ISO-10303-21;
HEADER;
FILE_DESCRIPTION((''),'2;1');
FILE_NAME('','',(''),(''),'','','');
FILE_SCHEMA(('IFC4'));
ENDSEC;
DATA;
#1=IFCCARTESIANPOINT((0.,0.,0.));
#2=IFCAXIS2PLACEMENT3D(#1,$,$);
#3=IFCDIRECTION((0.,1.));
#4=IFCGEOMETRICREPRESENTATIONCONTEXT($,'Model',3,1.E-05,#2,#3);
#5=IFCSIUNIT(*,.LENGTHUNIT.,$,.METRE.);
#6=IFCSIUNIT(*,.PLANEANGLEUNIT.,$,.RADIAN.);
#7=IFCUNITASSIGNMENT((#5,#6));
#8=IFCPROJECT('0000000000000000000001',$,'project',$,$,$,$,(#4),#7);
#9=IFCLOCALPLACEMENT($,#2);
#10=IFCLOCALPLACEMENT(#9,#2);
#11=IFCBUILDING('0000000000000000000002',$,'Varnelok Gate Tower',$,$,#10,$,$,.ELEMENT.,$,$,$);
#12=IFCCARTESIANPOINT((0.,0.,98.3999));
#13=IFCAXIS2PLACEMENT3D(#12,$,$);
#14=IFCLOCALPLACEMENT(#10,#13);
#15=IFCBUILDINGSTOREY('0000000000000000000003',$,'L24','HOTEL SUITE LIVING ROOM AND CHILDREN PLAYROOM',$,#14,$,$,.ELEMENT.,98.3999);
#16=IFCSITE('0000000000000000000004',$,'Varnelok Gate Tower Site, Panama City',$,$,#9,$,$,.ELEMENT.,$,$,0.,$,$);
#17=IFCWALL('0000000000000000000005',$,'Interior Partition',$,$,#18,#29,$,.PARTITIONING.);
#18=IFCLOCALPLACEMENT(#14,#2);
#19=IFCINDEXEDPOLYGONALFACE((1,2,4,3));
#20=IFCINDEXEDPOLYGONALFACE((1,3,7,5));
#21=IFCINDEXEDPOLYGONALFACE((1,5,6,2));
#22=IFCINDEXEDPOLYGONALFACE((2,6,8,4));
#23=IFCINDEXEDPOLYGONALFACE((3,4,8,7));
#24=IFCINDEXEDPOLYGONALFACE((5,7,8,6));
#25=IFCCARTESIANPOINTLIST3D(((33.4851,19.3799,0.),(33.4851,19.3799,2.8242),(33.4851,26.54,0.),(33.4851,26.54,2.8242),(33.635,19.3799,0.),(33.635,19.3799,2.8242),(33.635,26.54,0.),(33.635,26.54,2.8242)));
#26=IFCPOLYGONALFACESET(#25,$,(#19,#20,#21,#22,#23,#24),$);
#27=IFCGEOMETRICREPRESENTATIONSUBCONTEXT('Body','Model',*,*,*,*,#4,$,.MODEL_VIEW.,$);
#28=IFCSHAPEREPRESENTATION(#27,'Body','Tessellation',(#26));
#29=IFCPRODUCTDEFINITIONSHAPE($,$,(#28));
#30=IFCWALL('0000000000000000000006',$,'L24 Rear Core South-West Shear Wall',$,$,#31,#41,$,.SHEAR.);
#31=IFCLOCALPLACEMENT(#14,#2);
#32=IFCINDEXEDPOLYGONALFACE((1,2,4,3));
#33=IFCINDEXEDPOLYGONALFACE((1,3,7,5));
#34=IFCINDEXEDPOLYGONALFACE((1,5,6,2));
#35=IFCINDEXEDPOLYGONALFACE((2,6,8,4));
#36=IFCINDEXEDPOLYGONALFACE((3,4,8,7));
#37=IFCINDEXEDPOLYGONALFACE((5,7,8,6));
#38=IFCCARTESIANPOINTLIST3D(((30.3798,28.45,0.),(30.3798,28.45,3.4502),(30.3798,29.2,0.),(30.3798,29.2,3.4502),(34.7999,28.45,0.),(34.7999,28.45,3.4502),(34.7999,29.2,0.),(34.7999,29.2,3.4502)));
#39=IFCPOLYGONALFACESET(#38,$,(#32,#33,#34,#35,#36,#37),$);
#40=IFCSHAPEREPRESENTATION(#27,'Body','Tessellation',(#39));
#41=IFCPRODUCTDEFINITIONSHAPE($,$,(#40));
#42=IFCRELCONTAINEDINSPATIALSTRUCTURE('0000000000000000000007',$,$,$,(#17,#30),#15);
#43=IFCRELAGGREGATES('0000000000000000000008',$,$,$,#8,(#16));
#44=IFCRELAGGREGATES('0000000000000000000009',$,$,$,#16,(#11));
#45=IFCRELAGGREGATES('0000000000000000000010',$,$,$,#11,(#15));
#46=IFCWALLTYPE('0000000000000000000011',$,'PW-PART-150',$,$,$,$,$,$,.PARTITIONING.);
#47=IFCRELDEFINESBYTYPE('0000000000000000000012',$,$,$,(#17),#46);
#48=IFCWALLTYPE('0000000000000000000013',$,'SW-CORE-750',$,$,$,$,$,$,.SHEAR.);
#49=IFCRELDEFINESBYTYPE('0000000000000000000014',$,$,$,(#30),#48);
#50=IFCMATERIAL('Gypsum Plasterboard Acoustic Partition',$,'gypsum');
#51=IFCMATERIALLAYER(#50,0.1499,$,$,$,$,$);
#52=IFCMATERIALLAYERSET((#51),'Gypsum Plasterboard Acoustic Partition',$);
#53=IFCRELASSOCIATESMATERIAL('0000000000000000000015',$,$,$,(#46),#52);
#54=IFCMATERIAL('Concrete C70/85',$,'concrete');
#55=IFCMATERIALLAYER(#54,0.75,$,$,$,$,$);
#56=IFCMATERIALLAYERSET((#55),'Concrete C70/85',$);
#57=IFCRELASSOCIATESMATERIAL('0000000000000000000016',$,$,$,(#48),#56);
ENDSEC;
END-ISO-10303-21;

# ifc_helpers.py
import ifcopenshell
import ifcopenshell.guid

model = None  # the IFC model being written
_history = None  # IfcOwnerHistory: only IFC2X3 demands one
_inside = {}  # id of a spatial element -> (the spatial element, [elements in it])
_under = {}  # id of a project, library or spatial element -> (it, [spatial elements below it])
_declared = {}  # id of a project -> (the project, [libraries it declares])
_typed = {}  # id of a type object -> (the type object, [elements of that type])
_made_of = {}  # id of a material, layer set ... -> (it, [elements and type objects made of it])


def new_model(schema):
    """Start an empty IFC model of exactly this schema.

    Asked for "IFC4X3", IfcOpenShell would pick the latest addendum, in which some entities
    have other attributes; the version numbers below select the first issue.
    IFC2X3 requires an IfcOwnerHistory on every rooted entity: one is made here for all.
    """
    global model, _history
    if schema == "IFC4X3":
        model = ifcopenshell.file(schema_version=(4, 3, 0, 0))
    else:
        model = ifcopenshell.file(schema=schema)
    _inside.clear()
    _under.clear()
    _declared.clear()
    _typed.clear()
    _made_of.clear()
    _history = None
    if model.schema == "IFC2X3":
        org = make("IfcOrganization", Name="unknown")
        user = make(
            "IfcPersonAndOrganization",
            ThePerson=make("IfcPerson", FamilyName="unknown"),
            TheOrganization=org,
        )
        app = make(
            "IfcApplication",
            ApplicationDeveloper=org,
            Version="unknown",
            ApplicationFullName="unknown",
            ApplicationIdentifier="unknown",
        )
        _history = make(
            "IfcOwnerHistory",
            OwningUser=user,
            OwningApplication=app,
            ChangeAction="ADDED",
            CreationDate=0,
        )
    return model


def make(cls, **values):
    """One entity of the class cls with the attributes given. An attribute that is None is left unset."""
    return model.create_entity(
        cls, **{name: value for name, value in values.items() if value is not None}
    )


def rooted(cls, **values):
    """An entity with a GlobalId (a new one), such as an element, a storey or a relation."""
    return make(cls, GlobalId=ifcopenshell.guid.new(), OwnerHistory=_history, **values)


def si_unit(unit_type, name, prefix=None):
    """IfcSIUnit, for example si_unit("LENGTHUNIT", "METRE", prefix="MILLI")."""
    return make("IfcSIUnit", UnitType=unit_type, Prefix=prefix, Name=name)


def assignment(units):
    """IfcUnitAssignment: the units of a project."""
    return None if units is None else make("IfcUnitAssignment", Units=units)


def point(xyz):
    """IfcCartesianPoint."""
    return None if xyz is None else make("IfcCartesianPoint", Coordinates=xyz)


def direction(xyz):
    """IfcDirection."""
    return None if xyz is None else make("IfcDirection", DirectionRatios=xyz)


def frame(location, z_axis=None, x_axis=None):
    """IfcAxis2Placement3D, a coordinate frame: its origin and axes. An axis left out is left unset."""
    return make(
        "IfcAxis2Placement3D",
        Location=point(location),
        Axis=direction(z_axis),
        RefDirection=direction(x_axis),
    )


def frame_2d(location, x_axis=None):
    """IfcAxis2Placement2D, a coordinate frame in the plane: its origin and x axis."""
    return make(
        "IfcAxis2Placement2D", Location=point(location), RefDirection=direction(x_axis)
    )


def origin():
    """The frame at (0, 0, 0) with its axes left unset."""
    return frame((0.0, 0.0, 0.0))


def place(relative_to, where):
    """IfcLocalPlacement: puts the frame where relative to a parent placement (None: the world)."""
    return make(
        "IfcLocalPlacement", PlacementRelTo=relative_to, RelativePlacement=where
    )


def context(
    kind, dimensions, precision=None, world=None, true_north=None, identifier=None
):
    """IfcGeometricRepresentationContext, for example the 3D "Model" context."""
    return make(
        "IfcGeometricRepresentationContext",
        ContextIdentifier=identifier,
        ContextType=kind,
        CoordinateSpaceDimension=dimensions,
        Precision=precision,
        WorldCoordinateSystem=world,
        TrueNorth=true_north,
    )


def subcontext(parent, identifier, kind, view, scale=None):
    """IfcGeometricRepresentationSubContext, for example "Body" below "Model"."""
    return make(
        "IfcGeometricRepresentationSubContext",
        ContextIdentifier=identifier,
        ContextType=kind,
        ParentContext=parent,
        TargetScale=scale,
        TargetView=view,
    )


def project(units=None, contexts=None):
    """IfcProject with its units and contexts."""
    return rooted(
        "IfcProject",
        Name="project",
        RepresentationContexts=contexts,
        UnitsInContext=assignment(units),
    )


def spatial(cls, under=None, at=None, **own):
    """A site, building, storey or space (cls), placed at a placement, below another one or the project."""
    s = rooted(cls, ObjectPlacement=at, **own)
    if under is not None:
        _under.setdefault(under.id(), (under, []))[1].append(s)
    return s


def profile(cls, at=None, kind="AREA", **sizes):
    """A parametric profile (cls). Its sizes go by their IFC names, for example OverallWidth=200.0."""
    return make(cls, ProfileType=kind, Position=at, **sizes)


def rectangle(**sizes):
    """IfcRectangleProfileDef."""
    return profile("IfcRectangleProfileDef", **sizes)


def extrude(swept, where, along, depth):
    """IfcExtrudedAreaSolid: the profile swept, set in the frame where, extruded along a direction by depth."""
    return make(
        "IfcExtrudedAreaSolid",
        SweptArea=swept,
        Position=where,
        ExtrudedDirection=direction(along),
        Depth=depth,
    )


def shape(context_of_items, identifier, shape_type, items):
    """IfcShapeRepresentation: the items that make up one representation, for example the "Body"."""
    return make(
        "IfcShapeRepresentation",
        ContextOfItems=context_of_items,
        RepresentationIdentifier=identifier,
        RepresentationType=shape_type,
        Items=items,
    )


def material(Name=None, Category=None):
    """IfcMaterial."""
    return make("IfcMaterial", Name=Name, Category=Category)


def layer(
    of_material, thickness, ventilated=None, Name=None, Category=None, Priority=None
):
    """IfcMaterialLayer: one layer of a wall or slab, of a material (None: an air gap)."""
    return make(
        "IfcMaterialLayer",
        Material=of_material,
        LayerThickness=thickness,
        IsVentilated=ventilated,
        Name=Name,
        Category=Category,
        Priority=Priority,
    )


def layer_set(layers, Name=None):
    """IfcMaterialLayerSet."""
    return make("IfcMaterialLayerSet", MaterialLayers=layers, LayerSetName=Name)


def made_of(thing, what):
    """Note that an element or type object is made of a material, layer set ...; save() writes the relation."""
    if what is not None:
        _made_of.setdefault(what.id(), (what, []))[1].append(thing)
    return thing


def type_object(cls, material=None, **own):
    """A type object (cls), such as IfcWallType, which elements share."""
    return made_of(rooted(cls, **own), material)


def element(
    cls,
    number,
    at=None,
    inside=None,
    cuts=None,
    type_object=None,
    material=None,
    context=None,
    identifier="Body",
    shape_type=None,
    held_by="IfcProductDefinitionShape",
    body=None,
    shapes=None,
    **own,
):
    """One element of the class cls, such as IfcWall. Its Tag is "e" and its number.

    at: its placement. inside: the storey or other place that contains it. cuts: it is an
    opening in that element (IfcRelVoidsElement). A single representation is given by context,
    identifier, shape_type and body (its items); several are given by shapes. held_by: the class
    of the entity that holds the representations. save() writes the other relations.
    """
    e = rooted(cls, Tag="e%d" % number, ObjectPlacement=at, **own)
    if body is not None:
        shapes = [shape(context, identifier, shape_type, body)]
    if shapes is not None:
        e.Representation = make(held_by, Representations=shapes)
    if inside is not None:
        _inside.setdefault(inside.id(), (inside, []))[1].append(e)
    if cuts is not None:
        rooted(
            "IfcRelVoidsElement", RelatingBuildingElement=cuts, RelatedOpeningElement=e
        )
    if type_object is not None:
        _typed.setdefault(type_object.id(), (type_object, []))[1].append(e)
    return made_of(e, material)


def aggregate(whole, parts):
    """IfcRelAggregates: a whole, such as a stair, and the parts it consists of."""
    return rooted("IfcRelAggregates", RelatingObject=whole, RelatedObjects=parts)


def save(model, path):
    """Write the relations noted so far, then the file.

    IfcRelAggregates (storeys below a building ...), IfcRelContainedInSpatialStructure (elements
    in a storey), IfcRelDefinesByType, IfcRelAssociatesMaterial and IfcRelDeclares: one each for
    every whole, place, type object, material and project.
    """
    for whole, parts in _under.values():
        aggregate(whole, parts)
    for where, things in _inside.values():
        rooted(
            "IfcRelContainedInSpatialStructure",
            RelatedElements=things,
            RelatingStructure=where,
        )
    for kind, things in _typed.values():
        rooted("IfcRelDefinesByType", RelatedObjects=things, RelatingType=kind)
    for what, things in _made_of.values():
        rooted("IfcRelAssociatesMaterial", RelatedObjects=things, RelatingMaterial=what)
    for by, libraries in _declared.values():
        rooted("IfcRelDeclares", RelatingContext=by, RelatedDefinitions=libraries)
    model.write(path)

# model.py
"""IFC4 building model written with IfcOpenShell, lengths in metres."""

from ifc_helpers import new_model, si_unit, direction, frame, frame_2d, origin, place, context, subcontext, project, spatial, rectangle, extrude, material, layer, layer_set, type_object, element, save


model = new_model("IFC4")

# Units and contexts
model_context = context("Model", 3, precision=1e-05, world=origin(), true_north=direction((0.0, 1.0)))
body_context = subcontext(model_context, "Body", "Model", "MODEL_VIEW")
ifc_project = project(units=[si_unit("LENGTHUNIT", "METRE"), si_unit("PLANEANGLEUNIT", "RADIAN")], contexts=[model_context])

# Site, building, storey
site_placement = place(None, origin())
site = spatial("IfcSite", under=ifc_project, at=site_placement, Name="Varnelok Gate Tower Site, Panama City", CompositionType="ELEMENT", RefElevation=0.0)
building_placement = place(site_placement, origin())
building = spatial("IfcBuilding", under=site, at=building_placement, Name="Varnelok Gate Tower", CompositionType="ELEMENT")
storey_placement = place(building_placement, frame((0.0, 0.0, 98.3999)))
storey = spatial("IfcBuildingStorey", under=building, at=storey_placement, Name="L24", Description="HOTEL SUITE LIVING ROOM AND CHILDREN PLAYROOM", CompositionType="ELEMENT", Elevation=98.3999)

# Shared definitions
ifc_material_1 = material(Name="Concrete C70/85", Category="concrete")

# Shared definitions
ifc_material_2 = material(Name="Gypsum Plasterboard Acoustic Partition", Category="gypsum")

# Shared definitions
ifc_layer_1 = layer(ifc_material_2, 0.1499)
ifc_layer_set_1 = layer_set([ifc_layer_1], Name="Gypsum Plasterboard Acoustic Partition")
wall_type_1 = type_object("IfcWallType", Name="PW-PART-150", PredefinedType="PARTITIONING", material=ifc_layer_set_1)

# Wall
wall_1_placement = place(storey_placement, frame((33.5601, 19.3799, 0.0), z_axis=(0.0, 0.0, 1.0), x_axis=(0.0, 1.0, 0.0)))
element("IfcWall", 1, at=wall_1_placement, inside=storey, type_object=wall_type_1, Name="Interior Partition", PredefinedType="PARTITIONING", context=body_context, shape_type="SweptSolid", body=[
    extrude(rectangle(XDim=7.1602, YDim=0.1499, at=frame_2d((3.5801, 0.0))), origin(), (0.0, 0.0, 1.0), 2.8242),
])

# Wall
ifc_layer_2 = layer(ifc_material_1, 0.75)
ifc_layer_set_2 = layer_set([ifc_layer_2], Name="Concrete C70/85")
wall_type_2 = type_object("IfcWallType", Name="SW-CORE-750", PredefinedType="SHEAR", material=ifc_layer_set_2)
wall_2_placement = place(storey_placement, frame((30.3799, 28.825, 0.0), z_axis=(0.0, 0.0, 1.0), x_axis=(1.0, 0.0, 0.0)))
element("IfcWall", 2, at=wall_2_placement, inside=storey, type_object=wall_type_2, Name="L24 Rear Core South-West Shear Wall", PredefinedType="SHEAR", context=body_context, shape_type="SweptSolid", body=[
    extrude(rectangle(XDim=4.4202, YDim=0.75, at=frame_2d((2.21, 0.0))), origin(), (0.0, 0.0, 1.0), 3.4502),
])

save(model, "model.ifc")
